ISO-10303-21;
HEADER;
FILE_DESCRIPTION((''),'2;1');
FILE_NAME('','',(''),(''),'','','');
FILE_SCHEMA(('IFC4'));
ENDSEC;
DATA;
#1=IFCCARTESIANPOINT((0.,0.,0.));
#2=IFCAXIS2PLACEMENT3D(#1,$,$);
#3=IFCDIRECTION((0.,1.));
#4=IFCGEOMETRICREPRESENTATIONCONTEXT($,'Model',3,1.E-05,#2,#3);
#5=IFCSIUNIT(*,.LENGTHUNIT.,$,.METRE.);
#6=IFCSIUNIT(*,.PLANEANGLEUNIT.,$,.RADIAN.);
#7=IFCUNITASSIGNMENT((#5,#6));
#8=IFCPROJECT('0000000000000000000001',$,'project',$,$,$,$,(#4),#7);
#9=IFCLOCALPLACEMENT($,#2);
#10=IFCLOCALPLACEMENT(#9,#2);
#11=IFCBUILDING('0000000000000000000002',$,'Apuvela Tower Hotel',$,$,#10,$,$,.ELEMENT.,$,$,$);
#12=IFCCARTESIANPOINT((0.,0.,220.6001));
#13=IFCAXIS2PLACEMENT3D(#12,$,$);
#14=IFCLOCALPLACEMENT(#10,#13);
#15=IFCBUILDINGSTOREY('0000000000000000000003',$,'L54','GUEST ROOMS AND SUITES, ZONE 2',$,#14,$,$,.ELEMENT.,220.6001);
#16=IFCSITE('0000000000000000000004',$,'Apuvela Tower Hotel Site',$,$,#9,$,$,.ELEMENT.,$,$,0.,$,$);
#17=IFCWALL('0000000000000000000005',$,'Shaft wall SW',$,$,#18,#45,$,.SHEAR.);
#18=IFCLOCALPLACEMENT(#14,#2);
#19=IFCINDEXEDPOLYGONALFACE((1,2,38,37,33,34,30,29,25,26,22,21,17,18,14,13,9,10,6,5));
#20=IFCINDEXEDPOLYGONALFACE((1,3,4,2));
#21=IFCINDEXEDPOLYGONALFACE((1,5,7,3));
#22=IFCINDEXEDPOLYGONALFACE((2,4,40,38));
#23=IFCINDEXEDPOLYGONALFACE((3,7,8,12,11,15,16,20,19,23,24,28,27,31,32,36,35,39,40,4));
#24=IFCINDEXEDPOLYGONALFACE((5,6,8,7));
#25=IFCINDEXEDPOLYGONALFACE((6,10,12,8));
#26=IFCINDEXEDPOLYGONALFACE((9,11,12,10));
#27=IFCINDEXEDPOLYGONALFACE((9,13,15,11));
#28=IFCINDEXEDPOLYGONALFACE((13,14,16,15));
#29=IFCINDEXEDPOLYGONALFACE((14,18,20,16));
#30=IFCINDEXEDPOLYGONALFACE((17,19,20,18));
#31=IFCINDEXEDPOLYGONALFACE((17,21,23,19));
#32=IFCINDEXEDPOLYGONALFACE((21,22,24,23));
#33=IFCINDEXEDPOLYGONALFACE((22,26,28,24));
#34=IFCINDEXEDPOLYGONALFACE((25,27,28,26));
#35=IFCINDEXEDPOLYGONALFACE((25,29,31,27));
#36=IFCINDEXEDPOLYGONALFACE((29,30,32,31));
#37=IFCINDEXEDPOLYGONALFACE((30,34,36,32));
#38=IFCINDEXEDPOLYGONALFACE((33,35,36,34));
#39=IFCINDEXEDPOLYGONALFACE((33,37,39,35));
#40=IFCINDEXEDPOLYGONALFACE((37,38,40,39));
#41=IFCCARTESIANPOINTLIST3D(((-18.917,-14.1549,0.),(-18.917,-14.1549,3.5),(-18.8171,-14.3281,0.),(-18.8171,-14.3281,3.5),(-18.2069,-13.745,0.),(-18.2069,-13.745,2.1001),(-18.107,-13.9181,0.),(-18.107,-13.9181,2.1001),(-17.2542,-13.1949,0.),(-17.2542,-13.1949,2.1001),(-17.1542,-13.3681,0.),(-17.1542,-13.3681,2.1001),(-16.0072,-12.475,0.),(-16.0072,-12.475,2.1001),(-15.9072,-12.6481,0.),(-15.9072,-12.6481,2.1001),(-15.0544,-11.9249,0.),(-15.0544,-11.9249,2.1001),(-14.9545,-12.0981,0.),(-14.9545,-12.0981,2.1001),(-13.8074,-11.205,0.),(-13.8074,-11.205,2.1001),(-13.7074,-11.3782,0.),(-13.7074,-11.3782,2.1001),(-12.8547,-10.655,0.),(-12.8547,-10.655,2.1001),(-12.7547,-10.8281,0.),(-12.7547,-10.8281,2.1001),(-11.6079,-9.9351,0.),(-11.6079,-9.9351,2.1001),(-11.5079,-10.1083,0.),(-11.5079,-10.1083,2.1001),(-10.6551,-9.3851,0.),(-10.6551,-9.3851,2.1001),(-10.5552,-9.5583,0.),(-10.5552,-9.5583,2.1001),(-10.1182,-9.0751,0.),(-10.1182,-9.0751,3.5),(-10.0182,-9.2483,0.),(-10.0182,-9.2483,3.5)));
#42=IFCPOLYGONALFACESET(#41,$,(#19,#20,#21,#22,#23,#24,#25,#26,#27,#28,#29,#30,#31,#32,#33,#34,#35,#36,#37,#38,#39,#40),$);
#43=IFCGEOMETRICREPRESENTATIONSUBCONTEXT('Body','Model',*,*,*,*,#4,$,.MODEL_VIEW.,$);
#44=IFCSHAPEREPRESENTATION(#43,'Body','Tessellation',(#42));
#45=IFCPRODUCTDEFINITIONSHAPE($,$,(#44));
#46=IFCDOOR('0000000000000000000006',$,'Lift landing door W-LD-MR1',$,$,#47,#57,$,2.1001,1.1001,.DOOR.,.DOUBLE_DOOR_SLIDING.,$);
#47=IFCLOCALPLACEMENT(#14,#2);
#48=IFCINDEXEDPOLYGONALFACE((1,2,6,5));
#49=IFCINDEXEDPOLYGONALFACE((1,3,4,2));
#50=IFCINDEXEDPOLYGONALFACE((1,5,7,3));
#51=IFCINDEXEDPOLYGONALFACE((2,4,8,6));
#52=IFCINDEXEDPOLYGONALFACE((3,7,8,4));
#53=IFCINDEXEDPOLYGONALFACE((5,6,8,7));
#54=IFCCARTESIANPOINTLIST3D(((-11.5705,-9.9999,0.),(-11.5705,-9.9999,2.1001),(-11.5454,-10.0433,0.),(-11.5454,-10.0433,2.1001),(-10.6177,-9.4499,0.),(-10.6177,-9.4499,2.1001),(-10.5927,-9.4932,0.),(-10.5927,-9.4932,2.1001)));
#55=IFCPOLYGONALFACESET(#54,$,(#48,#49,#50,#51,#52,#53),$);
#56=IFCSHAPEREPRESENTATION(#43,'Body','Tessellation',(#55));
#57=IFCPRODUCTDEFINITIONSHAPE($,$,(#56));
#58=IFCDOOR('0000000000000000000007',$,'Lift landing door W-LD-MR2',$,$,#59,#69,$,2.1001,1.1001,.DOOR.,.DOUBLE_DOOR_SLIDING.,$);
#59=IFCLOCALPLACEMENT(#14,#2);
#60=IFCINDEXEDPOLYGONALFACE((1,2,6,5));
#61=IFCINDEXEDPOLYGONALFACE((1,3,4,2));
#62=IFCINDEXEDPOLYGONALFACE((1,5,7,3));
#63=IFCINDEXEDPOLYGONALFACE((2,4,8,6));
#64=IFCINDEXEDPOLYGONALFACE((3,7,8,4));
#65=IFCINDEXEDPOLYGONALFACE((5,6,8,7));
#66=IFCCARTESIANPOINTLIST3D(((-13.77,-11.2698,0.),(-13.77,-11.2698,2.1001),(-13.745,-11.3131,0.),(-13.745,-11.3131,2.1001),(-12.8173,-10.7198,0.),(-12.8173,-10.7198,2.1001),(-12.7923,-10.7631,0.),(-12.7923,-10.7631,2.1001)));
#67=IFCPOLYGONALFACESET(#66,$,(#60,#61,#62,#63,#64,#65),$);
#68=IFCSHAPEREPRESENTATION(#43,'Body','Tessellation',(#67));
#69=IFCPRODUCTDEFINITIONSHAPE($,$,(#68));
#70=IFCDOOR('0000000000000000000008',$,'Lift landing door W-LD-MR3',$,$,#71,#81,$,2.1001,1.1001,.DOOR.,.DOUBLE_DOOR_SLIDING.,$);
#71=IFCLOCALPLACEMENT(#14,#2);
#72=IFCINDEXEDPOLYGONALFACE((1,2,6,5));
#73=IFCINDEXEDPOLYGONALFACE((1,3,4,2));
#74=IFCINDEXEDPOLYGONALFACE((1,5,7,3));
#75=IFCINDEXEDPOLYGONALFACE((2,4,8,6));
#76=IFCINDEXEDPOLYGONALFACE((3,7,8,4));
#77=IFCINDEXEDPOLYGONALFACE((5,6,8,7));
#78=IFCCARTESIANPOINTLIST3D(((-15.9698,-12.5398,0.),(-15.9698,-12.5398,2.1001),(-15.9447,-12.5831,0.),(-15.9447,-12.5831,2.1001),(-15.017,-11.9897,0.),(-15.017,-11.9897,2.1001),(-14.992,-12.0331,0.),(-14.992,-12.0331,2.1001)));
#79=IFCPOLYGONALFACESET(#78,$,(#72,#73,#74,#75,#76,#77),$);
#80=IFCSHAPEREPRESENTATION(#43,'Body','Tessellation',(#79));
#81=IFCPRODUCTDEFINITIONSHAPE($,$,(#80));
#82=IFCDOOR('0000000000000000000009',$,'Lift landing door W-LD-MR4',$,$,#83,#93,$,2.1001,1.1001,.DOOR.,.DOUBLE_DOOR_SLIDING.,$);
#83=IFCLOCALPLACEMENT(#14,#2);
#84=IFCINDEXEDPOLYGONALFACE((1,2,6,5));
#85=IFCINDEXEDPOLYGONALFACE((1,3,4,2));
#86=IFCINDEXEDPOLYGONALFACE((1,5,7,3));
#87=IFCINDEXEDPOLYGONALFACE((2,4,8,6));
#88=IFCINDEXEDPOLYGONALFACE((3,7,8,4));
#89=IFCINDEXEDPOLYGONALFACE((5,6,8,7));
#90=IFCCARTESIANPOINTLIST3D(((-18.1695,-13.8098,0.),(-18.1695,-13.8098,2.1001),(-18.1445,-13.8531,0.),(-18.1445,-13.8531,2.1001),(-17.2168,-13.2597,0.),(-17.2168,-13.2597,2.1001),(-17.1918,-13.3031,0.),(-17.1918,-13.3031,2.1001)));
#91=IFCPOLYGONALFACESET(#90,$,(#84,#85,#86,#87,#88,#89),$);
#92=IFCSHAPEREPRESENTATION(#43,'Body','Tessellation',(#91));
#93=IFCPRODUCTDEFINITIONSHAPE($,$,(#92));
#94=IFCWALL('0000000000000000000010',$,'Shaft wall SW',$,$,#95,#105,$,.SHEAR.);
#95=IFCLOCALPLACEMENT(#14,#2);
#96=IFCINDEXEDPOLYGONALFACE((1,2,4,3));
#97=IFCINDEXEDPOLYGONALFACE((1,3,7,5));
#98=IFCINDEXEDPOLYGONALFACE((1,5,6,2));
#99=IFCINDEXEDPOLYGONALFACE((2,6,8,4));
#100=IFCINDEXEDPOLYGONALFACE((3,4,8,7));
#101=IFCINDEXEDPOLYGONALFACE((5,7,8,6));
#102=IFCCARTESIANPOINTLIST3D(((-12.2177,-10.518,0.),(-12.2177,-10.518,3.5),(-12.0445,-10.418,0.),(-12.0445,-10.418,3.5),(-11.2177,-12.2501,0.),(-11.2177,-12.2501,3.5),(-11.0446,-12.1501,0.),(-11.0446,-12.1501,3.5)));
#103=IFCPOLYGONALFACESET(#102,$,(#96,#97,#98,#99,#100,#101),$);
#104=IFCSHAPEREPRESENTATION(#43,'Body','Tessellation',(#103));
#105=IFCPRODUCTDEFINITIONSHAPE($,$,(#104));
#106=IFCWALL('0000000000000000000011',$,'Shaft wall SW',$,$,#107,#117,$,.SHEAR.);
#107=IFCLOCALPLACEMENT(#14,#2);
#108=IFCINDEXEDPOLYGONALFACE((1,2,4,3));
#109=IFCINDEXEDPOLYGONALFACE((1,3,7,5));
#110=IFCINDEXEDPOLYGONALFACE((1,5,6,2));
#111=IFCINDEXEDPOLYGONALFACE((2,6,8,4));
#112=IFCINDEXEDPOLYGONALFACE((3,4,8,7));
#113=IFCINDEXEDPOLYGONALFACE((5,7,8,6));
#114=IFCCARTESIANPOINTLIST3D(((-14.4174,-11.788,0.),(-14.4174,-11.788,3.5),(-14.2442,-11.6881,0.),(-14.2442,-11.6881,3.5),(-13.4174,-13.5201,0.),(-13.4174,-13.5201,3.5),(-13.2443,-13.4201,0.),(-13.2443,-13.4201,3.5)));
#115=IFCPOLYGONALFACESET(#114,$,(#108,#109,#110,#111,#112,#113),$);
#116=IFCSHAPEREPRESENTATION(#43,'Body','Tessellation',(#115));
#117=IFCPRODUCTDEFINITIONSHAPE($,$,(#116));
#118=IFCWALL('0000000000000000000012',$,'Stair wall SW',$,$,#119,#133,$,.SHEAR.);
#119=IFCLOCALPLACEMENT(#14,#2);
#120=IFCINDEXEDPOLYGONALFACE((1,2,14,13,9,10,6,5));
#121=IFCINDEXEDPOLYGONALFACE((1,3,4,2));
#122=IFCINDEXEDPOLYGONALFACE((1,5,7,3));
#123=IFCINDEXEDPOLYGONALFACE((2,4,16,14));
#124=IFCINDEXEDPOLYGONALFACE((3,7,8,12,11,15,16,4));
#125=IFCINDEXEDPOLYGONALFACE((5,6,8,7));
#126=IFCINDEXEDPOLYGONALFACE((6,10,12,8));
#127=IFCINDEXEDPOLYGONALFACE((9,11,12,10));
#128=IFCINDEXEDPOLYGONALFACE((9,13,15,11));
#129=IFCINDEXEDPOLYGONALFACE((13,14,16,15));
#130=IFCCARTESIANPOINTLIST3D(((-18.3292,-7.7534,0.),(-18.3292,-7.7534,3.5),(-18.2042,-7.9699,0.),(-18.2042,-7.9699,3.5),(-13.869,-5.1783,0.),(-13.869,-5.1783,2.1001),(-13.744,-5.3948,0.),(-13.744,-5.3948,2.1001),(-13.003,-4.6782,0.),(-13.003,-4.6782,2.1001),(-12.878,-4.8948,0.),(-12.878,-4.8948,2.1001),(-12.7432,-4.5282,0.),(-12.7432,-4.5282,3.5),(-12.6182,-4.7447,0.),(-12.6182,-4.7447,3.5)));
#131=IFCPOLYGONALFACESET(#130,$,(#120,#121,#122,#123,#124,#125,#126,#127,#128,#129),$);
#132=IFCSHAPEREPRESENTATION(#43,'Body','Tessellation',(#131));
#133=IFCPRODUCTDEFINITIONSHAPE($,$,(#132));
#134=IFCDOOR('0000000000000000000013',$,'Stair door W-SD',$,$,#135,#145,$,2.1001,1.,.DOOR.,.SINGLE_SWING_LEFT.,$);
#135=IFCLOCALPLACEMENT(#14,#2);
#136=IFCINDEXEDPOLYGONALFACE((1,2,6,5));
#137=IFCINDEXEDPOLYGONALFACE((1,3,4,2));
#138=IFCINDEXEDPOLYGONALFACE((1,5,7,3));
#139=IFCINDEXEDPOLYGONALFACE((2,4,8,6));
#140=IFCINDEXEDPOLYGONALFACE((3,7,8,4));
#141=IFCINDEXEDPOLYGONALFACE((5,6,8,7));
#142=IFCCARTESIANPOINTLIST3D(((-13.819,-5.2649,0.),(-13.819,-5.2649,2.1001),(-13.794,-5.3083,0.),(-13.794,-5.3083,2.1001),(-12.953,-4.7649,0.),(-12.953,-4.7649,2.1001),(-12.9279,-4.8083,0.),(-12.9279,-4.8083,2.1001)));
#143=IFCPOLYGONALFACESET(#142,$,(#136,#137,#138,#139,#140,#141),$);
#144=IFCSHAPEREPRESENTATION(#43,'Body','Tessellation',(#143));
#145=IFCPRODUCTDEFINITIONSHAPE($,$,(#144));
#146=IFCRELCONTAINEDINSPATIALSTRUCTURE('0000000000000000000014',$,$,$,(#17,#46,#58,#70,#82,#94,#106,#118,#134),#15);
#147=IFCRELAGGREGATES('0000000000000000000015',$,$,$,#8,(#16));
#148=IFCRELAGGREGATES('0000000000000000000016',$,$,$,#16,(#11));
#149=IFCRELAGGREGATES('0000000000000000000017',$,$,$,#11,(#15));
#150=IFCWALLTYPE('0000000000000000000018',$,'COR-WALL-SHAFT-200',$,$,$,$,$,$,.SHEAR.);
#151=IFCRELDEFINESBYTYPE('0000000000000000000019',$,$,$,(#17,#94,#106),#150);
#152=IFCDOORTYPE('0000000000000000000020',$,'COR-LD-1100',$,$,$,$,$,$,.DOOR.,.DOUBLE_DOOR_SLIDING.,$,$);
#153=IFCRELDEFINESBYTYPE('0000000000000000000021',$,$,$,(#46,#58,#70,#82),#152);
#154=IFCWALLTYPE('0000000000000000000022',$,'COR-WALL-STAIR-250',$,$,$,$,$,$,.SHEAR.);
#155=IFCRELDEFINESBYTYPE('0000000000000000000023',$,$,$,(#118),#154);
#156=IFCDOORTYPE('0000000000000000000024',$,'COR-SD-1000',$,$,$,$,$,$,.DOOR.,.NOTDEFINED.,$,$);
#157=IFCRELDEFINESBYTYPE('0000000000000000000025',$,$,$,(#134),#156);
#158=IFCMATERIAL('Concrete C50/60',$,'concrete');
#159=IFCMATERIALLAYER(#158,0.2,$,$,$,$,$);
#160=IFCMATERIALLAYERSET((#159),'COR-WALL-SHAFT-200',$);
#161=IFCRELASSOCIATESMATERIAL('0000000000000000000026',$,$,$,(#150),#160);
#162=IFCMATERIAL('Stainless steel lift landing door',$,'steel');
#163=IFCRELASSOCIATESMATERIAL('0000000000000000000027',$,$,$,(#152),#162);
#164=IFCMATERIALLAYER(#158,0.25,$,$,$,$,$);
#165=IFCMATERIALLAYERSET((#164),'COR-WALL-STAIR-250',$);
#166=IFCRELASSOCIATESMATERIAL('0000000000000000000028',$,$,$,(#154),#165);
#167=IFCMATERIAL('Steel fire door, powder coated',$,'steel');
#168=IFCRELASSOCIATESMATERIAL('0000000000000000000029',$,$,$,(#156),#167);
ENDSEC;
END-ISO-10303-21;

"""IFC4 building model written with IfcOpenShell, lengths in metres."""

from ifc_helpers import new_model, si_unit, direction, frame, frame_2d, origin, place, context, subcontext, project, spatial, rectangle, extrude, material, layer, layer_set, type_object, element, fill, save


model = new_model("IFC4")

# Units and contexts
model_context = context("Model", 3, precision=1e-05, world=origin(), true_north=direction((0.0, 1.0)))
body_context = subcontext(model_context, "Body", "Model", "MODEL_VIEW")
ifc_project = project(units=[si_unit("LENGTHUNIT", "METRE"), si_unit("PLANEANGLEUNIT", "RADIAN")], contexts=[model_context])

# Site, building, storey
site_placement = place(None, origin())
site = spatial("IfcSite", under=ifc_project, at=site_placement, Name="Apuvela Tower Hotel Site", CompositionType="ELEMENT", RefElevation=0.0)
building_placement = place(site_placement, origin())
building = spatial("IfcBuilding", under=site, at=building_placement, Name="Apuvela Tower Hotel", CompositionType="ELEMENT")
storey_placement = place(building_placement, frame((0.0, 0.0, 220.6001)))
storey = spatial("IfcBuildingStorey", under=building, at=storey_placement, Name="L54", Description="GUEST ROOMS AND SUITES, ZONE 2", CompositionType="ELEMENT", Elevation=220.6001)

# Shared definitions
ifc_material_1 = material(Name="Concrete C50/60", Category="concrete")

# Shared definitions
ifc_layer_1 = layer(ifc_material_1, 0.2)
ifc_layer_set_1 = layer_set([ifc_layer_1], Name="COR-WALL-SHAFT-200")
wall_type_1 = type_object("IfcWallType", Name="COR-WALL-SHAFT-200", PredefinedType="SHEAR", material=ifc_layer_set_1)
ifc_material_2 = material(Name="Stainless steel lift landing door", Category="steel")

# Wall, openings, doors
wall_1_placement = place(storey_placement, frame((-10.0681, -9.1616, 0.0), z_axis=(0.0, 0.0, 1.0), x_axis=(-0.866033, -0.499987, 0.0)))
wall_1 = element("IfcWall", 1, at=wall_1_placement, inside=storey, type_object=wall_type_1, Name="Shaft wall SW", PredefinedType="SHEAR", context=body_context, shape_type="SweptSolid", body=[
    extrude(rectangle(XDim=10.1599, YDim=0.2, at=frame_2d((5.0801, 0.0))), origin(), (0.0, 0.0, 1.0), 3.5),
])
opening_1_placement = place(wall_1_placement, frame((0.6201, 0.0, 0.0)))
opening_1 = element("IfcOpeningElement", 2, at=opening_1_placement, cuts=wall_1, PredefinedType="OPENING", context=body_context, shape_type="SweptSolid", body=[
    extrude(rectangle(XDim=1.1001, YDim=2.1001, at=frame_2d((0.55, 1.05))), frame((0.0, 0.1099, 0.0), z_axis=(0.0, -1.0, 0.0), x_axis=(1.0, 0.0, 0.0)), (0.0, 0.0, 1.0), 0.22),
])
opening_2_placement = place(wall_1_placement, frame((3.1599, 0.0, 0.0)))
opening_2 = element("IfcOpeningElement", 3, at=opening_2_placement, cuts=wall_1, PredefinedType="OPENING", context=body_context, shape_type="SweptSolid", body=[
    extrude(rectangle(XDim=1.1001, YDim=2.1001, at=frame_2d((0.55, 1.05))), frame((0.0, 0.1099, 0.0), z_axis=(0.0, -1.0, 0.0), x_axis=(1.0, 0.0, 0.0)), (0.0, 0.0, 1.0), 0.22),
])
opening_3_placement = place(wall_1_placement, frame((5.7, 0.0, 0.0)))
opening_3 = element("IfcOpeningElement", 4, at=opening_3_placement, cuts=wall_1, PredefinedType="OPENING", context=body_context, shape_type="SweptSolid", body=[
    extrude(rectangle(XDim=1.1001, YDim=2.1001, at=frame_2d((0.55, 1.05))), frame((0.0, 0.1099, 0.0), z_axis=(0.0, -1.0, 0.0), x_axis=(1.0, 0.0, 0.0)), (0.0, 0.0, 1.0), 0.22),
])
opening_4_placement = place(wall_1_placement, frame((8.24, 0.0, 0.0)))
opening_4 = element("IfcOpeningElement", 5, at=opening_4_placement, cuts=wall_1, PredefinedType="OPENING", context=body_context, shape_type="SweptSolid", body=[
    extrude(rectangle(XDim=1.1001, YDim=2.1001, at=frame_2d((0.55, 1.05))), frame((0.0, 0.1099, 0.0), z_axis=(0.0, -1.0, 0.0), x_axis=(1.0, 0.0, 0.0)), (0.0, 0.0, 1.0), 0.22),
])
door_type_1 = type_object("IfcDoorType", Name="COR-LD-1100", OperationType="DOUBLE_DOOR_SLIDING", PredefinedType="DOOR", material=ifc_material_2)
door_1_placement = place(opening_1_placement, origin())
door_1 = element("IfcDoor", 6, at=door_1_placement, inside=storey, type_object=door_type_1, Name="Lift landing door W-LD-MR1", OperationType="DOUBLE_DOOR_SLIDING", OverallHeight=2.1001, OverallWidth=1.1001, PredefinedType="DOOR", context=body_context, shape_type="SweptSolid", body=[
    extrude(rectangle(XDim=1.1001, YDim=2.1001, at=frame_2d((0.55, 1.05))), frame((0.0, 0.0249, 0.0), z_axis=(0.0, -1.0, 0.0), x_axis=(1.0, 0.0, 0.0)), (0.0, 0.0, 1.0), 0.05),
])
fill(opening_1, door_1)
door_2_placement = place(opening_2_placement, origin())
door_2 = element("IfcDoor", 7, at=door_2_placement, inside=storey, type_object=door_type_1, Name="Lift landing door W-LD-MR2", OperationType="DOUBLE_DOOR_SLIDING", OverallHeight=2.1001, OverallWidth=1.1001, PredefinedType="DOOR", context=body_context, shape_type="SweptSolid", body=[
    extrude(rectangle(XDim=1.1001, YDim=2.1001, at=frame_2d((0.55, 1.05))), frame((0.0, 0.0249, 0.0), z_axis=(0.0, -1.0, 0.0), x_axis=(1.0, 0.0, 0.0)), (0.0, 0.0, 1.0), 0.05),
])
fill(opening_2, door_2)
door_3_placement = place(opening_3_placement, origin())
door_3 = element("IfcDoor", 8, at=door_3_placement, inside=storey, type_object=door_type_1, Name="Lift landing door W-LD-MR3", OperationType="DOUBLE_DOOR_SLIDING", OverallHeight=2.1001, OverallWidth=1.1001, PredefinedType="DOOR", context=body_context, shape_type="SweptSolid", body=[
    extrude(rectangle(XDim=1.1001, YDim=2.1001, at=frame_2d((0.55, 1.05))), frame((0.0, 0.0249, 0.0), z_axis=(0.0, -1.0, 0.0), x_axis=(1.0, 0.0, 0.0)), (0.0, 0.0, 1.0), 0.05),
])
fill(opening_3, door_3)
door_4_placement = place(opening_4_placement, origin())
door_4 = element("IfcDoor", 9, at=door_4_placement, inside=storey, type_object=door_type_1, Name="Lift landing door W-LD-MR4", OperationType="DOUBLE_DOOR_SLIDING", OverallHeight=2.1001, OverallWidth=1.1001, PredefinedType="DOOR", context=body_context, shape_type="SweptSolid", body=[
    extrude(rectangle(XDim=1.1001, YDim=2.1001, at=frame_2d((0.55, 1.05))), frame((0.0, 0.0249, 0.0), z_axis=(0.0, -1.0, 0.0), x_axis=(1.0, 0.0, 0.0)), (0.0, 0.0, 1.0), 0.05),
])
fill(opening_4, door_4)

# Walls
for number, where, z_axis, x_axis, name in (
    (10, (-12.1311, -10.468, 0.0), (0.0, 0.0, 1.0), (0.499973, -0.866041, 0.0), "Shaft wall SW"),
    (11, (-14.3308, -11.738, 0.0), (0.0, 0.0, 1.0), (0.499973, -0.866041, 0.0), "Shaft wall SW"),
):
    element("IfcWall", number, at=place(storey_placement, frame(where, z_axis=z_axis, x_axis=x_axis)), inside=storey, type_object=wall_type_1, Name=name, PredefinedType="SHEAR", context=body_context, shape_type="SweptSolid", body=[
        extrude(rectangle(XDim=2.0, YDim=0.2, at=frame_2d((1.0, 0.0))), origin(), (0.0, 0.0, 1.0), 3.5),
    ])

# Wall, opening, door
ifc_layer_2 = layer(ifc_material_1, 0.25)
ifc_layer_set_2 = layer_set([ifc_layer_2], Name="COR-WALL-STAIR-250")
wall_type_2 = type_object("IfcWallType", Name="COR-WALL-STAIR-250", PredefinedType="SHEAR", material=ifc_layer_set_2)
wall_2_placement = place(storey_placement, frame((-12.6807, -4.6365, 0.0), z_axis=(0.0, 0.0, 1.0), x_axis=(-0.866022, -0.500006, 0.0)))
wall_2 = element("IfcWall", 12, at=wall_2_placement, inside=storey, type_object=wall_type_2, Name="Stair wall SW", PredefinedType="SHEAR", context=body_context, shape_type="SweptSolid", body=[
    extrude(rectangle(XDim=6.4502, YDim=0.25, at=frame_2d((3.2251, 0.0))), origin(), (0.0, 0.0, 1.0), 3.5),
])
opening_5_placement = place(wall_2_placement, frame((0.3, 0.0, 0.0)))
opening_5 = element("IfcOpeningElement", 13, at=opening_5_placement, cuts=wall_2, PredefinedType="OPENING", context=body_context, shape_type="SweptSolid", body=[
    extrude(rectangle(XDim=1.0, YDim=2.1001, at=frame_2d((0.5, 1.05))), frame((0.0, 0.135, 0.0), z_axis=(0.0, -1.0, 0.0), x_axis=(1.0, 0.0, 0.0)), (0.0, 0.0, 1.0), 0.27),
])
ifc_material_3 = material(Name="Steel fire door, powder coated", Category="steel")
door_type_2 = type_object("IfcDoorType", Name="COR-SD-1000", OperationType="NOTDEFINED", PredefinedType="DOOR", material=ifc_material_3)
door_5_placement = place(opening_5_placement, frame((1.0, 0.0, 0.0), z_axis=(0.0, 0.0, 1.0), x_axis=(-1.0, 0.0, 0.0)))
door_5 = element("IfcDoor", 14, at=door_5_placement, inside=storey, type_object=door_type_2, Name="Stair door W-SD", OperationType="SINGLE_SWING_LEFT", OverallHeight=2.1001, OverallWidth=1.0, PredefinedType="DOOR", context=body_context, shape_type="SweptSolid", body=[
    extrude(rectangle(XDim=1.0, YDim=2.1001, at=frame_2d((0.5, 1.05))), frame((0.0, 0.0249, 0.0), z_axis=(0.0, -1.0, 0.0), x_axis=(1.0, 0.0, 0.0)), (0.0, 0.0, 1.0), 0.05),
])
fill(opening_5, door_5)

save(model, "model.ifc")
